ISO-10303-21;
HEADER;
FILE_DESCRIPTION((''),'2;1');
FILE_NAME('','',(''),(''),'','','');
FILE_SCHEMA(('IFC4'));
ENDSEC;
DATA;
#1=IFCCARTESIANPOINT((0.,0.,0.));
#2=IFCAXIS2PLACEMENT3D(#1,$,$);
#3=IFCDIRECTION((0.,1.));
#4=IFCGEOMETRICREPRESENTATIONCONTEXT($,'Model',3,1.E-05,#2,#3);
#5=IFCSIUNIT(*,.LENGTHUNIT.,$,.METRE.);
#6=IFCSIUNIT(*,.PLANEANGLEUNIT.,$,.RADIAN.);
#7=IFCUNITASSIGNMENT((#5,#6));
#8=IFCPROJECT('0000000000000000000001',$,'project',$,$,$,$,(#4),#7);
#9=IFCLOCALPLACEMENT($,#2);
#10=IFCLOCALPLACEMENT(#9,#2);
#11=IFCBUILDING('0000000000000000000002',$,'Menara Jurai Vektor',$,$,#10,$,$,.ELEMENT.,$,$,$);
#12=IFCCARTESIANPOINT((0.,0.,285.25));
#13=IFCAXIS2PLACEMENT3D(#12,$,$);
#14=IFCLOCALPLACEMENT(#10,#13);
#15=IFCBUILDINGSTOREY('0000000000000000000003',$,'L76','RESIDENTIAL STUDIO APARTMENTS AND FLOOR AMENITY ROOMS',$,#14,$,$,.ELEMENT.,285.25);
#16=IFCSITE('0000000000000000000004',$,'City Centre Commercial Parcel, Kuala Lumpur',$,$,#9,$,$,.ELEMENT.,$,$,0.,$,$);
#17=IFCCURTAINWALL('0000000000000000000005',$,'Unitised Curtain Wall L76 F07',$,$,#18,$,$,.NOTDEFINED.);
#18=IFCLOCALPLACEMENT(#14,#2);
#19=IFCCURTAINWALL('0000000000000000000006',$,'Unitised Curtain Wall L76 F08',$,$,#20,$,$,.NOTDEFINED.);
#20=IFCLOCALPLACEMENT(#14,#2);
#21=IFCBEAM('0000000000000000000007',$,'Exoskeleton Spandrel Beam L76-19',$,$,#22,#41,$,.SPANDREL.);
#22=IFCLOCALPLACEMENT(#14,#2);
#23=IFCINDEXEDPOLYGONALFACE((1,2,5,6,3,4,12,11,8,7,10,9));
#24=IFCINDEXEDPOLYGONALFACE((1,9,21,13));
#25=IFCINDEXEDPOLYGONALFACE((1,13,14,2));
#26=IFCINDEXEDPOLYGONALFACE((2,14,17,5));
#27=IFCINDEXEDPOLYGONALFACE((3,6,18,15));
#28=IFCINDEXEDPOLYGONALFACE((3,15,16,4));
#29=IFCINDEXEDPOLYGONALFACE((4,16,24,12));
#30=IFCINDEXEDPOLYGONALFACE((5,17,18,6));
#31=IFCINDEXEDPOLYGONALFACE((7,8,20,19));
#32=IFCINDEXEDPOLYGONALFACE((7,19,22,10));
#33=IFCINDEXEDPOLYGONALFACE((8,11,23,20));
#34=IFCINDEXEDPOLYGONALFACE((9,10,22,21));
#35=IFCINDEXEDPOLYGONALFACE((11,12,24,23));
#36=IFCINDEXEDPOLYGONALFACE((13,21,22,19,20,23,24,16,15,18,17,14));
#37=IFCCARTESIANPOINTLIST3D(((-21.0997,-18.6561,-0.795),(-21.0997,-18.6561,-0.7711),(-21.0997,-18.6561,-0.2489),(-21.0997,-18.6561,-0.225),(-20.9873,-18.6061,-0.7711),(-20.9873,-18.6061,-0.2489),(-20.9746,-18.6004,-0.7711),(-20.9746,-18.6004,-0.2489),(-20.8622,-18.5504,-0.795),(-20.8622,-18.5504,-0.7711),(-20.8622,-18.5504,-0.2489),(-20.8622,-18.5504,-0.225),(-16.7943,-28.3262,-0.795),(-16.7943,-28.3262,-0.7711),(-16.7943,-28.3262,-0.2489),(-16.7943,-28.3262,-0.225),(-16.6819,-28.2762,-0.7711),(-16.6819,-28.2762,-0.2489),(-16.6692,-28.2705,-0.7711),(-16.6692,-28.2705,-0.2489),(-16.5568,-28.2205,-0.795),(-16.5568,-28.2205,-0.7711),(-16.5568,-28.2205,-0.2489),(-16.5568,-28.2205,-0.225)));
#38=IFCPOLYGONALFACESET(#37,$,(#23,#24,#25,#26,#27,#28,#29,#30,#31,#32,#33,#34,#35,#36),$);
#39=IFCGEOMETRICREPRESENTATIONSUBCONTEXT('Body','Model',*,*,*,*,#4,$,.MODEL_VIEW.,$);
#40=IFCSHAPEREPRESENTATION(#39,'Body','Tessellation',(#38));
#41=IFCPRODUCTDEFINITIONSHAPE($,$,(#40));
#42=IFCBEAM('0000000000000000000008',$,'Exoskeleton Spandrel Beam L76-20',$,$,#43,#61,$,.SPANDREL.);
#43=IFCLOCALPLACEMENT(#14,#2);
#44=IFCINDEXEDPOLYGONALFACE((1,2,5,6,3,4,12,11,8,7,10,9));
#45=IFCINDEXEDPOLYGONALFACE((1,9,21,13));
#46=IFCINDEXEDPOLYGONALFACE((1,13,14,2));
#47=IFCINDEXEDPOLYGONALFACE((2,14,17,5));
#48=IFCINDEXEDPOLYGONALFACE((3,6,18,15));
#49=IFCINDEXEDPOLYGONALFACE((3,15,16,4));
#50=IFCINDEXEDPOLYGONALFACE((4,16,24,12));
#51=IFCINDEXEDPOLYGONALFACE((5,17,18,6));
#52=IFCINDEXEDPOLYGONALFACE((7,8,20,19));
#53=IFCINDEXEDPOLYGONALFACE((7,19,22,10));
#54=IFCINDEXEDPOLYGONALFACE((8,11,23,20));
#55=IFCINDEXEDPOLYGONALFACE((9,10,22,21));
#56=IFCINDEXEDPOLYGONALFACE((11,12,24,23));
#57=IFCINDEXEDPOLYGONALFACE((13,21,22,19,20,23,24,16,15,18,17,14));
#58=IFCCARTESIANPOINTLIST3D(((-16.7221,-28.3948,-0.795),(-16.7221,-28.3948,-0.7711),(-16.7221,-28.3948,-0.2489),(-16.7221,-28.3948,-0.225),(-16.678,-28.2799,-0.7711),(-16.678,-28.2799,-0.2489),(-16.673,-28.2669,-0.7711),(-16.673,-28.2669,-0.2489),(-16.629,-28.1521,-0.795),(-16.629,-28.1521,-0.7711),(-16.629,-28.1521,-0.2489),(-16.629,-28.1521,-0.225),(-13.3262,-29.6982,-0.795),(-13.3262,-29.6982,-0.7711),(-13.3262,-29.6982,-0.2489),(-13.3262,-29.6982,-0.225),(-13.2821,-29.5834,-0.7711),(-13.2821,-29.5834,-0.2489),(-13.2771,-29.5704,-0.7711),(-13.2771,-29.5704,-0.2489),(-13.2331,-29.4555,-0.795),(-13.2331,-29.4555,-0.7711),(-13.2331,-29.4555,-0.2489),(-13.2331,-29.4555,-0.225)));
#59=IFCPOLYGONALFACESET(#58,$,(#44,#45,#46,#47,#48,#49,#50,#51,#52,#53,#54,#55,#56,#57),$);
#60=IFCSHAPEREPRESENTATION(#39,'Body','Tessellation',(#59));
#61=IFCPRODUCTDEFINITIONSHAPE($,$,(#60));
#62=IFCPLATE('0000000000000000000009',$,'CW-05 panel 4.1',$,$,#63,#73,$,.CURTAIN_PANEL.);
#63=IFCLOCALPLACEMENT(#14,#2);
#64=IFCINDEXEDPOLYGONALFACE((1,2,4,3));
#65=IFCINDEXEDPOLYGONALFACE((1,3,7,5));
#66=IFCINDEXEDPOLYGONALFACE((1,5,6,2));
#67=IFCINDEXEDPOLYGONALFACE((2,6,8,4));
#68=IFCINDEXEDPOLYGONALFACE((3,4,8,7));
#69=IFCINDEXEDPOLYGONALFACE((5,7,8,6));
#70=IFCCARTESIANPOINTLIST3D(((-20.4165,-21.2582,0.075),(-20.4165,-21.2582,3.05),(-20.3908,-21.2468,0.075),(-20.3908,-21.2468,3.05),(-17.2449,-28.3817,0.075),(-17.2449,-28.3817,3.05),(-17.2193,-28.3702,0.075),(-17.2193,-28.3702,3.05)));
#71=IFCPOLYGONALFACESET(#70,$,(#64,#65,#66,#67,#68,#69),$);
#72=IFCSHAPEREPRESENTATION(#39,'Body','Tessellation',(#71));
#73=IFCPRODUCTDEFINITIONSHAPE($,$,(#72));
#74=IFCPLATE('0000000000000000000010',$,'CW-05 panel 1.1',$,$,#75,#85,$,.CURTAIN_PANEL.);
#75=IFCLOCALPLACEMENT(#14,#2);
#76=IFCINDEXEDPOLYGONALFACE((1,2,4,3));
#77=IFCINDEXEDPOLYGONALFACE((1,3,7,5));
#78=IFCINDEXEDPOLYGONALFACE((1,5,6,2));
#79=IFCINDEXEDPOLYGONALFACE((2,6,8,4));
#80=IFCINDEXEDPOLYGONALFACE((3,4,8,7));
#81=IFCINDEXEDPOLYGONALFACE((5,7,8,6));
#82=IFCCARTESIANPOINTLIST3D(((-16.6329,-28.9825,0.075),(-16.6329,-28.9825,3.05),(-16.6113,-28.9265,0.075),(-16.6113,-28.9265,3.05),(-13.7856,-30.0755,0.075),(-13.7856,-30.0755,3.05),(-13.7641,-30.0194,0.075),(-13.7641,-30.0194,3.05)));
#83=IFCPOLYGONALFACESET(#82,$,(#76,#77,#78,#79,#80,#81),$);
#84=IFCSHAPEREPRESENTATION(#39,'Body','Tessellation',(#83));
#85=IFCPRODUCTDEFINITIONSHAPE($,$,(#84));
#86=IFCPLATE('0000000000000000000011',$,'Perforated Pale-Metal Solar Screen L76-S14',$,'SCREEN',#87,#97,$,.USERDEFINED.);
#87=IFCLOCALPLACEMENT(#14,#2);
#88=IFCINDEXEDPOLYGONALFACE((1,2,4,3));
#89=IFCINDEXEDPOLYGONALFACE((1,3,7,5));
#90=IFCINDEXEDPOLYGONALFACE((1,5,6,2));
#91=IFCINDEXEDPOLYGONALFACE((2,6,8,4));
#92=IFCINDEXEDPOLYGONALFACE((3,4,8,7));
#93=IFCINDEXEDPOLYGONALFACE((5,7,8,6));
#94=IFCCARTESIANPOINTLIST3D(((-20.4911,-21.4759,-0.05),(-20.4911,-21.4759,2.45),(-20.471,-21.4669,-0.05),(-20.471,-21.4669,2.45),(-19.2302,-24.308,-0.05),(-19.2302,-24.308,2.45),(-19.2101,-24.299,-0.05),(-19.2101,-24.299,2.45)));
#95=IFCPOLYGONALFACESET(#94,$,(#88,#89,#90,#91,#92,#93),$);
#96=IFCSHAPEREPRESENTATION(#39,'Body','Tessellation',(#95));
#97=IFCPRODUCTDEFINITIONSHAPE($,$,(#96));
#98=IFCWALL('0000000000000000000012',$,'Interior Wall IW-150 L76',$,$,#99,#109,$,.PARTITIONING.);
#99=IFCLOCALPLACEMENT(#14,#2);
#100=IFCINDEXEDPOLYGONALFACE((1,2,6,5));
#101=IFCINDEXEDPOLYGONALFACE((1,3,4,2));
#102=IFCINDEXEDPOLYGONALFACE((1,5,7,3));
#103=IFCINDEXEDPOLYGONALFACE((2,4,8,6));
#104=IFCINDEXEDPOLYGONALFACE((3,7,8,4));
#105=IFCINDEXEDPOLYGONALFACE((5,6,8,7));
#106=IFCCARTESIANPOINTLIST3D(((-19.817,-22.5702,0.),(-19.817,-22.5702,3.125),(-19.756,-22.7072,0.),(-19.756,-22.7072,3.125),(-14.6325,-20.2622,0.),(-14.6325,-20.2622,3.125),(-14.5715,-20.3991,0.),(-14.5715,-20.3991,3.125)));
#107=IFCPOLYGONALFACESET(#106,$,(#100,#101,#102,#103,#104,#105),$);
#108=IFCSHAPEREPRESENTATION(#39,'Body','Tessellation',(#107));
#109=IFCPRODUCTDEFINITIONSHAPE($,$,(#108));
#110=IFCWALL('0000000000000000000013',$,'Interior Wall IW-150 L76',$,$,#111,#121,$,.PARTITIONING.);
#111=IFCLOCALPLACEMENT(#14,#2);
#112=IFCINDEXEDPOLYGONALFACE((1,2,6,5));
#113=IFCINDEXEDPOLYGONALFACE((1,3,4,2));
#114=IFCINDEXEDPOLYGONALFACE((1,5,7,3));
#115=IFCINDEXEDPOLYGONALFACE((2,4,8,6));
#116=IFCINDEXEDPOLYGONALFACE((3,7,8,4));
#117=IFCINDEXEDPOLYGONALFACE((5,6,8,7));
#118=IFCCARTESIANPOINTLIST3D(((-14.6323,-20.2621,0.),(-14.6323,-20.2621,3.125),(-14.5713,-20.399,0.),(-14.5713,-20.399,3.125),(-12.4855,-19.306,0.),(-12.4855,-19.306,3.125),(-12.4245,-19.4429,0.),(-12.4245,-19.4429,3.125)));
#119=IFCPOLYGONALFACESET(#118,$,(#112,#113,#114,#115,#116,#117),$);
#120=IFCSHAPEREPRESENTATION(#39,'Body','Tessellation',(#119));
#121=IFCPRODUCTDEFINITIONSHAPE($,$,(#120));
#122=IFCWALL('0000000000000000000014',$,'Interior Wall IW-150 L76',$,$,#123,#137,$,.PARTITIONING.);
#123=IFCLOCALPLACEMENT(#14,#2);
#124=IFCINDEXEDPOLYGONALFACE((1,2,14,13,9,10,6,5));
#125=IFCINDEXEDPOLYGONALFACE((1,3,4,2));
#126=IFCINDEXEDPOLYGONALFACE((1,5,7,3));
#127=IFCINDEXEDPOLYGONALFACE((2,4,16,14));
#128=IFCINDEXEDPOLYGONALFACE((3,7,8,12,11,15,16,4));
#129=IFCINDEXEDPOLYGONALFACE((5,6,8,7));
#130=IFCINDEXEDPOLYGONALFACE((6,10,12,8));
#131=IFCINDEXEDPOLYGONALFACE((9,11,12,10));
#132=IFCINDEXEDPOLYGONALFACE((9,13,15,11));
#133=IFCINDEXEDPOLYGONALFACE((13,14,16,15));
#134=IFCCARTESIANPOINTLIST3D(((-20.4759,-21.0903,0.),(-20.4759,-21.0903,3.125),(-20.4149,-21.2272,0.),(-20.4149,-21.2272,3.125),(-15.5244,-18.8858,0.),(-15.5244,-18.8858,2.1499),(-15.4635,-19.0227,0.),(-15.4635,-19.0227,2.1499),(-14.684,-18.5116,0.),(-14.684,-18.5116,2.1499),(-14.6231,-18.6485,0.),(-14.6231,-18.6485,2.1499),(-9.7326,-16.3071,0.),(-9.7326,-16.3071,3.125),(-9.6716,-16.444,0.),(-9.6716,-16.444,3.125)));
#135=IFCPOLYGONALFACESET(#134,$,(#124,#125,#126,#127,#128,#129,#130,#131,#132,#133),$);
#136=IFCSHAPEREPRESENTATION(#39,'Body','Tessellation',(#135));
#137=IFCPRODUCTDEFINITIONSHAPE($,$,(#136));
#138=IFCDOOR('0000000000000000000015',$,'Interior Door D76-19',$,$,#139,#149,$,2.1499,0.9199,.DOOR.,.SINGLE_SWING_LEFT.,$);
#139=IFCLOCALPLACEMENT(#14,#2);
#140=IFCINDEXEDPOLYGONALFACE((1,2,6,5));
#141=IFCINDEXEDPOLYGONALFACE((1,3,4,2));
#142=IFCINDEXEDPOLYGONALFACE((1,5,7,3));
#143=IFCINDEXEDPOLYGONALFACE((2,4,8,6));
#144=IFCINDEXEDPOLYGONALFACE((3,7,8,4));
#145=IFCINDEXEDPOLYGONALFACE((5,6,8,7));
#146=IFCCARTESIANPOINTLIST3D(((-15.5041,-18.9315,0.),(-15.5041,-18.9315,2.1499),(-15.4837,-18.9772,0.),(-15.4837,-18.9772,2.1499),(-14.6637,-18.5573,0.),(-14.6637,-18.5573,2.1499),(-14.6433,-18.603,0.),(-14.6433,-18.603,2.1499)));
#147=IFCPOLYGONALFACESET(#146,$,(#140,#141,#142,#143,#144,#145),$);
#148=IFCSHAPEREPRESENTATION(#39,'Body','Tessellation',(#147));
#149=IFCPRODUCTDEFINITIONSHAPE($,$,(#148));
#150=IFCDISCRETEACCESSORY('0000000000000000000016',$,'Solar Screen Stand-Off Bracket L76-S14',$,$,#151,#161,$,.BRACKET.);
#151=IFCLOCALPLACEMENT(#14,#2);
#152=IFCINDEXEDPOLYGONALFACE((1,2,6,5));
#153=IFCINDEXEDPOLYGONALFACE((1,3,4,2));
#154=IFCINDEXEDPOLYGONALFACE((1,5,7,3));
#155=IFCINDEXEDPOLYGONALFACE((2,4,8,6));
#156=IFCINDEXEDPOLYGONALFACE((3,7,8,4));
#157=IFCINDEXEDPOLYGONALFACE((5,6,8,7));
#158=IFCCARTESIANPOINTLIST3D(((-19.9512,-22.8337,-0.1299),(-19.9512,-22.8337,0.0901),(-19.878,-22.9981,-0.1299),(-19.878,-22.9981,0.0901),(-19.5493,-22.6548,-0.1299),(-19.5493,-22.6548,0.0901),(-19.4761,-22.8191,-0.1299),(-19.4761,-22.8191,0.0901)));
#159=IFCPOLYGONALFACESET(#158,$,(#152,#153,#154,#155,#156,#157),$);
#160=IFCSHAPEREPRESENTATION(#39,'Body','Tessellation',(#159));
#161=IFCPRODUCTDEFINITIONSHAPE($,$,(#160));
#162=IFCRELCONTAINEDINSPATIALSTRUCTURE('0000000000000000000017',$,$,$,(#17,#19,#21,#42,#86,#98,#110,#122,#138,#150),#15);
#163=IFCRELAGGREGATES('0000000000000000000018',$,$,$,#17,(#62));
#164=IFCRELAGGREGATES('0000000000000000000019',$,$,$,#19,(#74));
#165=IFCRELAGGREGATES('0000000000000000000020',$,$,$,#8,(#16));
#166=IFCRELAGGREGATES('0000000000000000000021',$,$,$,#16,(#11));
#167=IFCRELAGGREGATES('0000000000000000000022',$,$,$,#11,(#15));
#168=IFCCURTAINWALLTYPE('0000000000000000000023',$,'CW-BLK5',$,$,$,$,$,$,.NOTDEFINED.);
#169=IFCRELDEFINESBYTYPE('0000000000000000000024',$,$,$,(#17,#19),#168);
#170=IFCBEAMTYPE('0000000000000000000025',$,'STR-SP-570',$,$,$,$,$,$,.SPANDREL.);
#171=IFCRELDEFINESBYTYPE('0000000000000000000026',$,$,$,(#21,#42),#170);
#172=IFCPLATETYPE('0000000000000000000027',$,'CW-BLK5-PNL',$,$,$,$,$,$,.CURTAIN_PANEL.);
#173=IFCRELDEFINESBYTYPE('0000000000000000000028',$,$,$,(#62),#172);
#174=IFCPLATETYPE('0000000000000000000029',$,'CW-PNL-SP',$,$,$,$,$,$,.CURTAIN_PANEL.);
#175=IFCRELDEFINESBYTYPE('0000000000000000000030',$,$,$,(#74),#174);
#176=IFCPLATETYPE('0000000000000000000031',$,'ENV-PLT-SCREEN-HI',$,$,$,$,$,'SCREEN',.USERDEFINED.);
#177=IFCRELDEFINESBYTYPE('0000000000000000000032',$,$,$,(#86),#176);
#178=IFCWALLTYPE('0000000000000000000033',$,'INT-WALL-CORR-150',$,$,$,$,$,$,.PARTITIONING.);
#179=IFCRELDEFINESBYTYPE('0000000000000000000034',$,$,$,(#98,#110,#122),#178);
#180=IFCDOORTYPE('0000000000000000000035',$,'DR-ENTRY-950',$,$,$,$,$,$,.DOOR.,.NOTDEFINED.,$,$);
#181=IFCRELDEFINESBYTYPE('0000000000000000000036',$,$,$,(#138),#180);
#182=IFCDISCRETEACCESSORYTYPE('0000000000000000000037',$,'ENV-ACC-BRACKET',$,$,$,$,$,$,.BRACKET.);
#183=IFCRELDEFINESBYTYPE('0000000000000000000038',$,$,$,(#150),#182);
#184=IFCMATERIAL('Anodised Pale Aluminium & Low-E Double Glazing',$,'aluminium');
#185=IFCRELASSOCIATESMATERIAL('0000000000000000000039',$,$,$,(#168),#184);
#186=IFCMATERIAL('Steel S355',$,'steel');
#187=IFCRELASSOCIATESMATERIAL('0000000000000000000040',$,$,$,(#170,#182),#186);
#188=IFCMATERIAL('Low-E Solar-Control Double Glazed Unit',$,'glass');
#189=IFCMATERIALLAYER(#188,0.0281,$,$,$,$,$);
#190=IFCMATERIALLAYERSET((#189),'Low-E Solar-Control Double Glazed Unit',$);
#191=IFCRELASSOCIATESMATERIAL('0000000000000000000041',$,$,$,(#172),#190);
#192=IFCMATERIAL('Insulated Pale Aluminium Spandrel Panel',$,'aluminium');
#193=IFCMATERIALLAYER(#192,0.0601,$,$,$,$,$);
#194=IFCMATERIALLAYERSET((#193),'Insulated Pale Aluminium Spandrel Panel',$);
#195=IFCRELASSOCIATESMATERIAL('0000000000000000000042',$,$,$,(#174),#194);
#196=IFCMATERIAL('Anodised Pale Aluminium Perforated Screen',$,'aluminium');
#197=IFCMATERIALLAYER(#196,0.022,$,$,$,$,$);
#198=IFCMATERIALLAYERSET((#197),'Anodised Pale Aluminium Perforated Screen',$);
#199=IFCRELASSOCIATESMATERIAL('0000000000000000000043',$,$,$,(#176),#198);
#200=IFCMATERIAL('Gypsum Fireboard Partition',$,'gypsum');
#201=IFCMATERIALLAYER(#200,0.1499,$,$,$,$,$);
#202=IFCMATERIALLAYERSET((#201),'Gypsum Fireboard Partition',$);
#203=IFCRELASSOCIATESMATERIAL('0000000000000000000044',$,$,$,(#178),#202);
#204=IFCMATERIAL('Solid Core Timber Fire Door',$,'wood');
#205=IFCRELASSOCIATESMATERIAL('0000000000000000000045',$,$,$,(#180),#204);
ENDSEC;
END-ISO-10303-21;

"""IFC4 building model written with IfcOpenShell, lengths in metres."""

from ifc_helpers import new_model, si_unit, direction, frame, frame_2d, origin, origin_2d, place, context, subcontext, project, spatial, rectangle, i_section, extrude, material, layer, layer_set, material_profile, profile_set, type_object, element, fill, aggregate, save


model = new_model("IFC4")

# Units and contexts
model_context = context("Model", 3, precision=1e-05, world=origin(), true_north=direction((0.0, 1.0)))
body_context = subcontext(model_context, "Body", "Model", "MODEL_VIEW")
ifc_project = project(units=[si_unit("LENGTHUNIT", "METRE"), si_unit("PLANEANGLEUNIT", "RADIAN")], contexts=[model_context])

# Site, building, storey
site_placement = place(None, origin())
site = spatial("IfcSite", under=ifc_project, at=site_placement, Name="City Centre Commercial Parcel, Kuala Lumpur", CompositionType="ELEMENT", RefElevation=0.0)
building_placement = place(site_placement, origin())
building = spatial("IfcBuilding", under=site, at=building_placement, Name="Menara Jurai Vektor", CompositionType="ELEMENT")
storey_placement = place(building_placement, frame((0.0, 0.0, 285.25)))
storey = spatial("IfcBuildingStorey", under=building, at=storey_placement, Name="L76", Description="RESIDENTIAL STUDIO APARTMENTS AND FLOOR AMENITY ROOMS", CompositionType="ELEMENT", Elevation=285.25)

# Curtain wall
ifc_material_1 = material(Name="Anodised Pale Aluminium & Low-E Double Glazing", Category="aluminium")
curtain_wall_type = type_object("IfcCurtainWallType", Name="CW-BLK5", PredefinedType="NOTDEFINED", material=ifc_material_1)
curtain_wall_1_placement = place(storey_placement, origin())
curtain_wall_1 = element("IfcCurtainWall", 1, at=curtain_wall_1_placement, inside=storey, type_object=curtain_wall_type, Name="Unitised Curtain Wall L76 F07", PredefinedType="NOTDEFINED")

# Curtain wall
curtain_wall_2_placement = place(storey_placement, origin())
curtain_wall_2 = element("IfcCurtainWall", 2, at=curtain_wall_2_placement, inside=storey, type_object=curtain_wall_type, Name="Unitised Curtain Wall L76 F08", PredefinedType="NOTDEFINED")

# Shared definitions
ifc_material_2 = material(Name="Steel S355", Category="steel")

# Beams
ifc_material_profile_1 = material_profile(ifc_material_2, i_section(OverallWidth=0.26, OverallDepth=0.5701, WebThickness=0.0139, FlangeThickness=0.0239, at=origin_2d()), Name="PG 570x260x145")
ifc_profile_set_1 = profile_set([ifc_material_profile_1], Name="Steel S355")
beam_type_1 = type_object("IfcBeamType", Name="STR-SP-570", PredefinedType="SPANDREL", material=ifc_profile_set_1)
beam_1_placement = place(storey_placement, frame((-20.981, -18.6033, -0.51), z_axis=(0.406735, -0.913546, 0.0), x_axis=(0.913546, 0.406735, 0.0)))
element("IfcBeam", 3, at=beam_1_placement, inside=storey, type_object=beam_type_1, Name="Exoskeleton Spandrel Beam L76-19", PredefinedType="SPANDREL", context=body_context, shape_type="SweptSolid", body=[
    extrude(i_section(OverallWidth=0.26, OverallDepth=0.5701, WebThickness=0.0139, FlangeThickness=0.0239, at=origin_2d()), origin(), (0.0, 0.0, 1.0), 10.5852),
])
beam_2_placement = place(storey_placement, frame((-16.6755, -28.2734, -0.51), z_axis=(0.933593, -0.358336, 0.0), x_axis=(0.358336, 0.933593, 0.0)))
element("IfcBeam", 4, at=beam_2_placement, inside=storey, type_object=beam_type_1, Name="Exoskeleton Spandrel Beam L76-20", PredefinedType="SPANDREL", context=body_context, shape_type="SweptSolid", body=[
    extrude(i_section(OverallWidth=0.26, OverallDepth=0.5701, WebThickness=0.0139, FlangeThickness=0.0239, at=origin_2d()), origin(), (0.0, 0.0, 1.0), 3.6375),
])

# Plates
ifc_material_3 = material(Name="Low-E Solar-Control Double Glazed Unit", Category="glass")
ifc_layer_1 = layer(ifc_material_3, 0.0281)
ifc_layer_set_1 = layer_set([ifc_layer_1], Name="Low-E Solar-Control Double Glazed Unit")
plate_type_1 = type_object("IfcPlateType", Name="CW-BLK5-PNL", PredefinedType="CURTAIN_PANEL", material=ifc_layer_set_1)
plate_1_placement = place(storey_placement, frame((-18.8179, -24.8142, 0.075), z_axis=(0.0, 0.0, 1.0), x_axis=(0.406735, -0.913546, 0.0)))
plate_1 = element("IfcPlate", 5, at=plate_1_placement, type_object=plate_type_1, Name="CW-05 panel 4.1", PredefinedType="CURTAIN_PANEL", context=body_context, shape_type="SweptSolid", body=[
    extrude(rectangle(XDim=7.7976, YDim=0.0281, at=origin_2d()), origin(), (0.0, 0.0, 1.0), 2.9751),
])
aggregate(curtain_wall_1, [plate_1])
ifc_material_4 = material(Name="Insulated Pale Aluminium Spandrel Panel", Category="aluminium")
ifc_layer_2 = layer(ifc_material_4, 0.0601)
ifc_layer_set_2 = layer_set([ifc_layer_2], Name="Insulated Pale Aluminium Spandrel Panel")
plate_type_2 = type_object("IfcPlateType", Name="CW-PNL-SP", PredefinedType="CURTAIN_PANEL", material=ifc_layer_set_2)
plate_2_placement = place(storey_placement, frame((-15.1985, -29.501, 0.075), z_axis=(0.0, 0.0, 1.0), x_axis=(0.933578, -0.358374, 0.0)))
plate_2 = element("IfcPlate", 6, at=plate_2_placement, type_object=plate_type_2, Name="CW-05 panel 1.1", PredefinedType="CURTAIN_PANEL", context=body_context, shape_type="SweptSolid", body=[
    extrude(rectangle(XDim=3.0498, YDim=0.0601, at=origin_2d()), origin(), (0.0, 0.0, 1.0), 2.9751),
])
aggregate(curtain_wall_2, [plate_2])
ifc_material_5 = material(Name="Anodised Pale Aluminium Perforated Screen", Category="aluminium")
ifc_layer_3 = layer(ifc_material_5, 0.022)
ifc_layer_set_3 = layer_set([ifc_layer_3], Name="Anodised Pale Aluminium Perforated Screen")
plate_type_3 = type_object("IfcPlateType", Name="ENV-PLT-SCREEN-HI", ElementType="SCREEN", PredefinedType="USERDEFINED", material=ifc_layer_set_3)
plate_3_placement = place(storey_placement, frame((-19.8506, -22.8875, -0.05), z_axis=(0.0, 0.0, 1.0), x_axis=(0.406737, -0.913545, 0.0)))
element("IfcPlate", 7, at=plate_3_placement, inside=storey, type_object=plate_type_3, Name="Perforated Pale-Metal Solar Screen L76-S14", ObjectType="SCREEN", PredefinedType="USERDEFINED", context=body_context, shape_type="SweptSolid", body=[
    extrude(rectangle(XDim=3.1001, YDim=0.022, at=origin_2d()), origin(), (0.0, 0.0, 1.0), 2.5),
])

# Walls
ifc_material_6 = material(Name="Gypsum Fireboard Partition", Category="gypsum")
ifc_layer_4 = layer(ifc_material_6, 0.1499)
ifc_layer_set_4 = layer_set([ifc_layer_4], Name="Gypsum Fireboard Partition")
wall_type = type_object("IfcWallType", Name="INT-WALL-CORR-150", PredefinedType="PARTITIONING", material=ifc_layer_set_4)
wall_1_placement = place(storey_placement, frame((-19.7864, -22.6387, 0.0), z_axis=(0.0, 0.0, 1.0), x_axis=(0.913559, 0.406705, 0.0)))
element("IfcWall", 8, at=wall_1_placement, inside=storey, type_object=wall_type, Name="Interior Wall IW-150 L76", PredefinedType="PARTITIONING", context=body_context, shape_type="SweptSolid", body=[
    extrude(rectangle(XDim=5.675, YDim=0.1499, at=frame_2d((2.8374, 0.0))), origin(), (0.0, 0.0, 1.0), 3.125),
])
wall_2_placement = place(storey_placement, frame((-14.6018, -20.3306, 0.0), z_axis=(0.0, 0.0, 1.0), x_axis=(0.913503, 0.406832, 0.0)))
element("IfcWall", 9, at=wall_2_placement, inside=storey, type_object=wall_type, Name="Interior Wall IW-150 L76", PredefinedType="PARTITIONING", context=body_context, shape_type="SweptSolid", body=[
    extrude(rectangle(XDim=2.3501, YDim=0.1499, at=frame_2d((1.175, 0.0))), origin(), (0.0, 0.0, 1.0), 3.125),
])

# Wall, opening, door
wall_3_placement = place(storey_placement, frame((-20.4453, -21.1587, 0.0), z_axis=(0.0, 0.0, 1.0), x_axis=(0.913548, 0.406732, 0.0)))
wall_3 = element("IfcWall", 10, at=wall_3_placement, inside=storey, type_object=wall_type, Name="Interior Wall IW-150 L76", PredefinedType="PARTITIONING", context=body_context, shape_type="SweptSolid", body=[
    extrude(rectangle(XDim=11.76, YDim=0.1499, at=frame_2d((5.8799, 0.0))), origin(), (0.0, 0.0, 1.0), 3.125),
])
opening_placement = place(wall_3_placement, frame((5.4199, 0.0, 0.0)))
opening = element("IfcOpeningElement", 11, at=opening_placement, cuts=wall_3, PredefinedType="OPENING", context=body_context, shape_type="SweptSolid", body=[
    extrude(rectangle(XDim=0.9199, YDim=2.1499, at=frame_2d((0.46, 1.075))), frame((0.0, 0.085, 0.0), z_axis=(0.0, -1.0, 0.0), x_axis=(1.0, 0.0, 0.0)), (0.0, 0.0, 1.0), 0.1699),
])
ifc_material_7 = material(Name="Solid Core Timber Fire Door", Category="wood")
door_type = type_object("IfcDoorType", Name="DR-ENTRY-950", OperationType="NOTDEFINED", PredefinedType="DOOR", material=ifc_material_7)
door_placement = place(opening_placement, origin())
door = element("IfcDoor", 12, at=door_placement, inside=storey, type_object=door_type, Name="Interior Door D76-19", OperationType="SINGLE_SWING_LEFT", OverallHeight=2.1499, OverallWidth=0.9199, PredefinedType="DOOR", context=body_context, shape_type="SweptSolid", body=[
    extrude(rectangle(XDim=0.9199, YDim=2.1499, at=frame_2d((0.46, 1.075))), frame((0.0, 0.0249, 0.0), z_axis=(0.0, -1.0, 0.0), x_axis=(1.0, 0.0, 0.0)), (0.0, 0.0, 1.0), 0.05),
])
fill(opening, door)

# Discrete accessory
discrete_accessory_type = type_object("IfcDiscreteAccessoryType", Name="ENV-ACC-BRACKET", PredefinedType="BRACKET", material=ifc_material_2)
discrete_accessory_placement = place(storey_placement, frame((-19.7136, -22.8264, -0.1299), z_axis=(0.0, 0.0, 1.0), x_axis=(0.406737, -0.913545, 0.0)))
element("IfcDiscreteAccessory", 13, at=discrete_accessory_placement, inside=storey, type_object=discrete_accessory_type, Name="Solar Screen Stand-Off Bracket L76-S14", PredefinedType="BRACKET", context=body_context, shape_type="SweptSolid", body=[
    extrude(rectangle(XDim=0.1799, YDim=0.4399, at=origin_2d()), origin(), (0.0, 0.0, 1.0), 0.22),
])

save(model, "model.ifc")
